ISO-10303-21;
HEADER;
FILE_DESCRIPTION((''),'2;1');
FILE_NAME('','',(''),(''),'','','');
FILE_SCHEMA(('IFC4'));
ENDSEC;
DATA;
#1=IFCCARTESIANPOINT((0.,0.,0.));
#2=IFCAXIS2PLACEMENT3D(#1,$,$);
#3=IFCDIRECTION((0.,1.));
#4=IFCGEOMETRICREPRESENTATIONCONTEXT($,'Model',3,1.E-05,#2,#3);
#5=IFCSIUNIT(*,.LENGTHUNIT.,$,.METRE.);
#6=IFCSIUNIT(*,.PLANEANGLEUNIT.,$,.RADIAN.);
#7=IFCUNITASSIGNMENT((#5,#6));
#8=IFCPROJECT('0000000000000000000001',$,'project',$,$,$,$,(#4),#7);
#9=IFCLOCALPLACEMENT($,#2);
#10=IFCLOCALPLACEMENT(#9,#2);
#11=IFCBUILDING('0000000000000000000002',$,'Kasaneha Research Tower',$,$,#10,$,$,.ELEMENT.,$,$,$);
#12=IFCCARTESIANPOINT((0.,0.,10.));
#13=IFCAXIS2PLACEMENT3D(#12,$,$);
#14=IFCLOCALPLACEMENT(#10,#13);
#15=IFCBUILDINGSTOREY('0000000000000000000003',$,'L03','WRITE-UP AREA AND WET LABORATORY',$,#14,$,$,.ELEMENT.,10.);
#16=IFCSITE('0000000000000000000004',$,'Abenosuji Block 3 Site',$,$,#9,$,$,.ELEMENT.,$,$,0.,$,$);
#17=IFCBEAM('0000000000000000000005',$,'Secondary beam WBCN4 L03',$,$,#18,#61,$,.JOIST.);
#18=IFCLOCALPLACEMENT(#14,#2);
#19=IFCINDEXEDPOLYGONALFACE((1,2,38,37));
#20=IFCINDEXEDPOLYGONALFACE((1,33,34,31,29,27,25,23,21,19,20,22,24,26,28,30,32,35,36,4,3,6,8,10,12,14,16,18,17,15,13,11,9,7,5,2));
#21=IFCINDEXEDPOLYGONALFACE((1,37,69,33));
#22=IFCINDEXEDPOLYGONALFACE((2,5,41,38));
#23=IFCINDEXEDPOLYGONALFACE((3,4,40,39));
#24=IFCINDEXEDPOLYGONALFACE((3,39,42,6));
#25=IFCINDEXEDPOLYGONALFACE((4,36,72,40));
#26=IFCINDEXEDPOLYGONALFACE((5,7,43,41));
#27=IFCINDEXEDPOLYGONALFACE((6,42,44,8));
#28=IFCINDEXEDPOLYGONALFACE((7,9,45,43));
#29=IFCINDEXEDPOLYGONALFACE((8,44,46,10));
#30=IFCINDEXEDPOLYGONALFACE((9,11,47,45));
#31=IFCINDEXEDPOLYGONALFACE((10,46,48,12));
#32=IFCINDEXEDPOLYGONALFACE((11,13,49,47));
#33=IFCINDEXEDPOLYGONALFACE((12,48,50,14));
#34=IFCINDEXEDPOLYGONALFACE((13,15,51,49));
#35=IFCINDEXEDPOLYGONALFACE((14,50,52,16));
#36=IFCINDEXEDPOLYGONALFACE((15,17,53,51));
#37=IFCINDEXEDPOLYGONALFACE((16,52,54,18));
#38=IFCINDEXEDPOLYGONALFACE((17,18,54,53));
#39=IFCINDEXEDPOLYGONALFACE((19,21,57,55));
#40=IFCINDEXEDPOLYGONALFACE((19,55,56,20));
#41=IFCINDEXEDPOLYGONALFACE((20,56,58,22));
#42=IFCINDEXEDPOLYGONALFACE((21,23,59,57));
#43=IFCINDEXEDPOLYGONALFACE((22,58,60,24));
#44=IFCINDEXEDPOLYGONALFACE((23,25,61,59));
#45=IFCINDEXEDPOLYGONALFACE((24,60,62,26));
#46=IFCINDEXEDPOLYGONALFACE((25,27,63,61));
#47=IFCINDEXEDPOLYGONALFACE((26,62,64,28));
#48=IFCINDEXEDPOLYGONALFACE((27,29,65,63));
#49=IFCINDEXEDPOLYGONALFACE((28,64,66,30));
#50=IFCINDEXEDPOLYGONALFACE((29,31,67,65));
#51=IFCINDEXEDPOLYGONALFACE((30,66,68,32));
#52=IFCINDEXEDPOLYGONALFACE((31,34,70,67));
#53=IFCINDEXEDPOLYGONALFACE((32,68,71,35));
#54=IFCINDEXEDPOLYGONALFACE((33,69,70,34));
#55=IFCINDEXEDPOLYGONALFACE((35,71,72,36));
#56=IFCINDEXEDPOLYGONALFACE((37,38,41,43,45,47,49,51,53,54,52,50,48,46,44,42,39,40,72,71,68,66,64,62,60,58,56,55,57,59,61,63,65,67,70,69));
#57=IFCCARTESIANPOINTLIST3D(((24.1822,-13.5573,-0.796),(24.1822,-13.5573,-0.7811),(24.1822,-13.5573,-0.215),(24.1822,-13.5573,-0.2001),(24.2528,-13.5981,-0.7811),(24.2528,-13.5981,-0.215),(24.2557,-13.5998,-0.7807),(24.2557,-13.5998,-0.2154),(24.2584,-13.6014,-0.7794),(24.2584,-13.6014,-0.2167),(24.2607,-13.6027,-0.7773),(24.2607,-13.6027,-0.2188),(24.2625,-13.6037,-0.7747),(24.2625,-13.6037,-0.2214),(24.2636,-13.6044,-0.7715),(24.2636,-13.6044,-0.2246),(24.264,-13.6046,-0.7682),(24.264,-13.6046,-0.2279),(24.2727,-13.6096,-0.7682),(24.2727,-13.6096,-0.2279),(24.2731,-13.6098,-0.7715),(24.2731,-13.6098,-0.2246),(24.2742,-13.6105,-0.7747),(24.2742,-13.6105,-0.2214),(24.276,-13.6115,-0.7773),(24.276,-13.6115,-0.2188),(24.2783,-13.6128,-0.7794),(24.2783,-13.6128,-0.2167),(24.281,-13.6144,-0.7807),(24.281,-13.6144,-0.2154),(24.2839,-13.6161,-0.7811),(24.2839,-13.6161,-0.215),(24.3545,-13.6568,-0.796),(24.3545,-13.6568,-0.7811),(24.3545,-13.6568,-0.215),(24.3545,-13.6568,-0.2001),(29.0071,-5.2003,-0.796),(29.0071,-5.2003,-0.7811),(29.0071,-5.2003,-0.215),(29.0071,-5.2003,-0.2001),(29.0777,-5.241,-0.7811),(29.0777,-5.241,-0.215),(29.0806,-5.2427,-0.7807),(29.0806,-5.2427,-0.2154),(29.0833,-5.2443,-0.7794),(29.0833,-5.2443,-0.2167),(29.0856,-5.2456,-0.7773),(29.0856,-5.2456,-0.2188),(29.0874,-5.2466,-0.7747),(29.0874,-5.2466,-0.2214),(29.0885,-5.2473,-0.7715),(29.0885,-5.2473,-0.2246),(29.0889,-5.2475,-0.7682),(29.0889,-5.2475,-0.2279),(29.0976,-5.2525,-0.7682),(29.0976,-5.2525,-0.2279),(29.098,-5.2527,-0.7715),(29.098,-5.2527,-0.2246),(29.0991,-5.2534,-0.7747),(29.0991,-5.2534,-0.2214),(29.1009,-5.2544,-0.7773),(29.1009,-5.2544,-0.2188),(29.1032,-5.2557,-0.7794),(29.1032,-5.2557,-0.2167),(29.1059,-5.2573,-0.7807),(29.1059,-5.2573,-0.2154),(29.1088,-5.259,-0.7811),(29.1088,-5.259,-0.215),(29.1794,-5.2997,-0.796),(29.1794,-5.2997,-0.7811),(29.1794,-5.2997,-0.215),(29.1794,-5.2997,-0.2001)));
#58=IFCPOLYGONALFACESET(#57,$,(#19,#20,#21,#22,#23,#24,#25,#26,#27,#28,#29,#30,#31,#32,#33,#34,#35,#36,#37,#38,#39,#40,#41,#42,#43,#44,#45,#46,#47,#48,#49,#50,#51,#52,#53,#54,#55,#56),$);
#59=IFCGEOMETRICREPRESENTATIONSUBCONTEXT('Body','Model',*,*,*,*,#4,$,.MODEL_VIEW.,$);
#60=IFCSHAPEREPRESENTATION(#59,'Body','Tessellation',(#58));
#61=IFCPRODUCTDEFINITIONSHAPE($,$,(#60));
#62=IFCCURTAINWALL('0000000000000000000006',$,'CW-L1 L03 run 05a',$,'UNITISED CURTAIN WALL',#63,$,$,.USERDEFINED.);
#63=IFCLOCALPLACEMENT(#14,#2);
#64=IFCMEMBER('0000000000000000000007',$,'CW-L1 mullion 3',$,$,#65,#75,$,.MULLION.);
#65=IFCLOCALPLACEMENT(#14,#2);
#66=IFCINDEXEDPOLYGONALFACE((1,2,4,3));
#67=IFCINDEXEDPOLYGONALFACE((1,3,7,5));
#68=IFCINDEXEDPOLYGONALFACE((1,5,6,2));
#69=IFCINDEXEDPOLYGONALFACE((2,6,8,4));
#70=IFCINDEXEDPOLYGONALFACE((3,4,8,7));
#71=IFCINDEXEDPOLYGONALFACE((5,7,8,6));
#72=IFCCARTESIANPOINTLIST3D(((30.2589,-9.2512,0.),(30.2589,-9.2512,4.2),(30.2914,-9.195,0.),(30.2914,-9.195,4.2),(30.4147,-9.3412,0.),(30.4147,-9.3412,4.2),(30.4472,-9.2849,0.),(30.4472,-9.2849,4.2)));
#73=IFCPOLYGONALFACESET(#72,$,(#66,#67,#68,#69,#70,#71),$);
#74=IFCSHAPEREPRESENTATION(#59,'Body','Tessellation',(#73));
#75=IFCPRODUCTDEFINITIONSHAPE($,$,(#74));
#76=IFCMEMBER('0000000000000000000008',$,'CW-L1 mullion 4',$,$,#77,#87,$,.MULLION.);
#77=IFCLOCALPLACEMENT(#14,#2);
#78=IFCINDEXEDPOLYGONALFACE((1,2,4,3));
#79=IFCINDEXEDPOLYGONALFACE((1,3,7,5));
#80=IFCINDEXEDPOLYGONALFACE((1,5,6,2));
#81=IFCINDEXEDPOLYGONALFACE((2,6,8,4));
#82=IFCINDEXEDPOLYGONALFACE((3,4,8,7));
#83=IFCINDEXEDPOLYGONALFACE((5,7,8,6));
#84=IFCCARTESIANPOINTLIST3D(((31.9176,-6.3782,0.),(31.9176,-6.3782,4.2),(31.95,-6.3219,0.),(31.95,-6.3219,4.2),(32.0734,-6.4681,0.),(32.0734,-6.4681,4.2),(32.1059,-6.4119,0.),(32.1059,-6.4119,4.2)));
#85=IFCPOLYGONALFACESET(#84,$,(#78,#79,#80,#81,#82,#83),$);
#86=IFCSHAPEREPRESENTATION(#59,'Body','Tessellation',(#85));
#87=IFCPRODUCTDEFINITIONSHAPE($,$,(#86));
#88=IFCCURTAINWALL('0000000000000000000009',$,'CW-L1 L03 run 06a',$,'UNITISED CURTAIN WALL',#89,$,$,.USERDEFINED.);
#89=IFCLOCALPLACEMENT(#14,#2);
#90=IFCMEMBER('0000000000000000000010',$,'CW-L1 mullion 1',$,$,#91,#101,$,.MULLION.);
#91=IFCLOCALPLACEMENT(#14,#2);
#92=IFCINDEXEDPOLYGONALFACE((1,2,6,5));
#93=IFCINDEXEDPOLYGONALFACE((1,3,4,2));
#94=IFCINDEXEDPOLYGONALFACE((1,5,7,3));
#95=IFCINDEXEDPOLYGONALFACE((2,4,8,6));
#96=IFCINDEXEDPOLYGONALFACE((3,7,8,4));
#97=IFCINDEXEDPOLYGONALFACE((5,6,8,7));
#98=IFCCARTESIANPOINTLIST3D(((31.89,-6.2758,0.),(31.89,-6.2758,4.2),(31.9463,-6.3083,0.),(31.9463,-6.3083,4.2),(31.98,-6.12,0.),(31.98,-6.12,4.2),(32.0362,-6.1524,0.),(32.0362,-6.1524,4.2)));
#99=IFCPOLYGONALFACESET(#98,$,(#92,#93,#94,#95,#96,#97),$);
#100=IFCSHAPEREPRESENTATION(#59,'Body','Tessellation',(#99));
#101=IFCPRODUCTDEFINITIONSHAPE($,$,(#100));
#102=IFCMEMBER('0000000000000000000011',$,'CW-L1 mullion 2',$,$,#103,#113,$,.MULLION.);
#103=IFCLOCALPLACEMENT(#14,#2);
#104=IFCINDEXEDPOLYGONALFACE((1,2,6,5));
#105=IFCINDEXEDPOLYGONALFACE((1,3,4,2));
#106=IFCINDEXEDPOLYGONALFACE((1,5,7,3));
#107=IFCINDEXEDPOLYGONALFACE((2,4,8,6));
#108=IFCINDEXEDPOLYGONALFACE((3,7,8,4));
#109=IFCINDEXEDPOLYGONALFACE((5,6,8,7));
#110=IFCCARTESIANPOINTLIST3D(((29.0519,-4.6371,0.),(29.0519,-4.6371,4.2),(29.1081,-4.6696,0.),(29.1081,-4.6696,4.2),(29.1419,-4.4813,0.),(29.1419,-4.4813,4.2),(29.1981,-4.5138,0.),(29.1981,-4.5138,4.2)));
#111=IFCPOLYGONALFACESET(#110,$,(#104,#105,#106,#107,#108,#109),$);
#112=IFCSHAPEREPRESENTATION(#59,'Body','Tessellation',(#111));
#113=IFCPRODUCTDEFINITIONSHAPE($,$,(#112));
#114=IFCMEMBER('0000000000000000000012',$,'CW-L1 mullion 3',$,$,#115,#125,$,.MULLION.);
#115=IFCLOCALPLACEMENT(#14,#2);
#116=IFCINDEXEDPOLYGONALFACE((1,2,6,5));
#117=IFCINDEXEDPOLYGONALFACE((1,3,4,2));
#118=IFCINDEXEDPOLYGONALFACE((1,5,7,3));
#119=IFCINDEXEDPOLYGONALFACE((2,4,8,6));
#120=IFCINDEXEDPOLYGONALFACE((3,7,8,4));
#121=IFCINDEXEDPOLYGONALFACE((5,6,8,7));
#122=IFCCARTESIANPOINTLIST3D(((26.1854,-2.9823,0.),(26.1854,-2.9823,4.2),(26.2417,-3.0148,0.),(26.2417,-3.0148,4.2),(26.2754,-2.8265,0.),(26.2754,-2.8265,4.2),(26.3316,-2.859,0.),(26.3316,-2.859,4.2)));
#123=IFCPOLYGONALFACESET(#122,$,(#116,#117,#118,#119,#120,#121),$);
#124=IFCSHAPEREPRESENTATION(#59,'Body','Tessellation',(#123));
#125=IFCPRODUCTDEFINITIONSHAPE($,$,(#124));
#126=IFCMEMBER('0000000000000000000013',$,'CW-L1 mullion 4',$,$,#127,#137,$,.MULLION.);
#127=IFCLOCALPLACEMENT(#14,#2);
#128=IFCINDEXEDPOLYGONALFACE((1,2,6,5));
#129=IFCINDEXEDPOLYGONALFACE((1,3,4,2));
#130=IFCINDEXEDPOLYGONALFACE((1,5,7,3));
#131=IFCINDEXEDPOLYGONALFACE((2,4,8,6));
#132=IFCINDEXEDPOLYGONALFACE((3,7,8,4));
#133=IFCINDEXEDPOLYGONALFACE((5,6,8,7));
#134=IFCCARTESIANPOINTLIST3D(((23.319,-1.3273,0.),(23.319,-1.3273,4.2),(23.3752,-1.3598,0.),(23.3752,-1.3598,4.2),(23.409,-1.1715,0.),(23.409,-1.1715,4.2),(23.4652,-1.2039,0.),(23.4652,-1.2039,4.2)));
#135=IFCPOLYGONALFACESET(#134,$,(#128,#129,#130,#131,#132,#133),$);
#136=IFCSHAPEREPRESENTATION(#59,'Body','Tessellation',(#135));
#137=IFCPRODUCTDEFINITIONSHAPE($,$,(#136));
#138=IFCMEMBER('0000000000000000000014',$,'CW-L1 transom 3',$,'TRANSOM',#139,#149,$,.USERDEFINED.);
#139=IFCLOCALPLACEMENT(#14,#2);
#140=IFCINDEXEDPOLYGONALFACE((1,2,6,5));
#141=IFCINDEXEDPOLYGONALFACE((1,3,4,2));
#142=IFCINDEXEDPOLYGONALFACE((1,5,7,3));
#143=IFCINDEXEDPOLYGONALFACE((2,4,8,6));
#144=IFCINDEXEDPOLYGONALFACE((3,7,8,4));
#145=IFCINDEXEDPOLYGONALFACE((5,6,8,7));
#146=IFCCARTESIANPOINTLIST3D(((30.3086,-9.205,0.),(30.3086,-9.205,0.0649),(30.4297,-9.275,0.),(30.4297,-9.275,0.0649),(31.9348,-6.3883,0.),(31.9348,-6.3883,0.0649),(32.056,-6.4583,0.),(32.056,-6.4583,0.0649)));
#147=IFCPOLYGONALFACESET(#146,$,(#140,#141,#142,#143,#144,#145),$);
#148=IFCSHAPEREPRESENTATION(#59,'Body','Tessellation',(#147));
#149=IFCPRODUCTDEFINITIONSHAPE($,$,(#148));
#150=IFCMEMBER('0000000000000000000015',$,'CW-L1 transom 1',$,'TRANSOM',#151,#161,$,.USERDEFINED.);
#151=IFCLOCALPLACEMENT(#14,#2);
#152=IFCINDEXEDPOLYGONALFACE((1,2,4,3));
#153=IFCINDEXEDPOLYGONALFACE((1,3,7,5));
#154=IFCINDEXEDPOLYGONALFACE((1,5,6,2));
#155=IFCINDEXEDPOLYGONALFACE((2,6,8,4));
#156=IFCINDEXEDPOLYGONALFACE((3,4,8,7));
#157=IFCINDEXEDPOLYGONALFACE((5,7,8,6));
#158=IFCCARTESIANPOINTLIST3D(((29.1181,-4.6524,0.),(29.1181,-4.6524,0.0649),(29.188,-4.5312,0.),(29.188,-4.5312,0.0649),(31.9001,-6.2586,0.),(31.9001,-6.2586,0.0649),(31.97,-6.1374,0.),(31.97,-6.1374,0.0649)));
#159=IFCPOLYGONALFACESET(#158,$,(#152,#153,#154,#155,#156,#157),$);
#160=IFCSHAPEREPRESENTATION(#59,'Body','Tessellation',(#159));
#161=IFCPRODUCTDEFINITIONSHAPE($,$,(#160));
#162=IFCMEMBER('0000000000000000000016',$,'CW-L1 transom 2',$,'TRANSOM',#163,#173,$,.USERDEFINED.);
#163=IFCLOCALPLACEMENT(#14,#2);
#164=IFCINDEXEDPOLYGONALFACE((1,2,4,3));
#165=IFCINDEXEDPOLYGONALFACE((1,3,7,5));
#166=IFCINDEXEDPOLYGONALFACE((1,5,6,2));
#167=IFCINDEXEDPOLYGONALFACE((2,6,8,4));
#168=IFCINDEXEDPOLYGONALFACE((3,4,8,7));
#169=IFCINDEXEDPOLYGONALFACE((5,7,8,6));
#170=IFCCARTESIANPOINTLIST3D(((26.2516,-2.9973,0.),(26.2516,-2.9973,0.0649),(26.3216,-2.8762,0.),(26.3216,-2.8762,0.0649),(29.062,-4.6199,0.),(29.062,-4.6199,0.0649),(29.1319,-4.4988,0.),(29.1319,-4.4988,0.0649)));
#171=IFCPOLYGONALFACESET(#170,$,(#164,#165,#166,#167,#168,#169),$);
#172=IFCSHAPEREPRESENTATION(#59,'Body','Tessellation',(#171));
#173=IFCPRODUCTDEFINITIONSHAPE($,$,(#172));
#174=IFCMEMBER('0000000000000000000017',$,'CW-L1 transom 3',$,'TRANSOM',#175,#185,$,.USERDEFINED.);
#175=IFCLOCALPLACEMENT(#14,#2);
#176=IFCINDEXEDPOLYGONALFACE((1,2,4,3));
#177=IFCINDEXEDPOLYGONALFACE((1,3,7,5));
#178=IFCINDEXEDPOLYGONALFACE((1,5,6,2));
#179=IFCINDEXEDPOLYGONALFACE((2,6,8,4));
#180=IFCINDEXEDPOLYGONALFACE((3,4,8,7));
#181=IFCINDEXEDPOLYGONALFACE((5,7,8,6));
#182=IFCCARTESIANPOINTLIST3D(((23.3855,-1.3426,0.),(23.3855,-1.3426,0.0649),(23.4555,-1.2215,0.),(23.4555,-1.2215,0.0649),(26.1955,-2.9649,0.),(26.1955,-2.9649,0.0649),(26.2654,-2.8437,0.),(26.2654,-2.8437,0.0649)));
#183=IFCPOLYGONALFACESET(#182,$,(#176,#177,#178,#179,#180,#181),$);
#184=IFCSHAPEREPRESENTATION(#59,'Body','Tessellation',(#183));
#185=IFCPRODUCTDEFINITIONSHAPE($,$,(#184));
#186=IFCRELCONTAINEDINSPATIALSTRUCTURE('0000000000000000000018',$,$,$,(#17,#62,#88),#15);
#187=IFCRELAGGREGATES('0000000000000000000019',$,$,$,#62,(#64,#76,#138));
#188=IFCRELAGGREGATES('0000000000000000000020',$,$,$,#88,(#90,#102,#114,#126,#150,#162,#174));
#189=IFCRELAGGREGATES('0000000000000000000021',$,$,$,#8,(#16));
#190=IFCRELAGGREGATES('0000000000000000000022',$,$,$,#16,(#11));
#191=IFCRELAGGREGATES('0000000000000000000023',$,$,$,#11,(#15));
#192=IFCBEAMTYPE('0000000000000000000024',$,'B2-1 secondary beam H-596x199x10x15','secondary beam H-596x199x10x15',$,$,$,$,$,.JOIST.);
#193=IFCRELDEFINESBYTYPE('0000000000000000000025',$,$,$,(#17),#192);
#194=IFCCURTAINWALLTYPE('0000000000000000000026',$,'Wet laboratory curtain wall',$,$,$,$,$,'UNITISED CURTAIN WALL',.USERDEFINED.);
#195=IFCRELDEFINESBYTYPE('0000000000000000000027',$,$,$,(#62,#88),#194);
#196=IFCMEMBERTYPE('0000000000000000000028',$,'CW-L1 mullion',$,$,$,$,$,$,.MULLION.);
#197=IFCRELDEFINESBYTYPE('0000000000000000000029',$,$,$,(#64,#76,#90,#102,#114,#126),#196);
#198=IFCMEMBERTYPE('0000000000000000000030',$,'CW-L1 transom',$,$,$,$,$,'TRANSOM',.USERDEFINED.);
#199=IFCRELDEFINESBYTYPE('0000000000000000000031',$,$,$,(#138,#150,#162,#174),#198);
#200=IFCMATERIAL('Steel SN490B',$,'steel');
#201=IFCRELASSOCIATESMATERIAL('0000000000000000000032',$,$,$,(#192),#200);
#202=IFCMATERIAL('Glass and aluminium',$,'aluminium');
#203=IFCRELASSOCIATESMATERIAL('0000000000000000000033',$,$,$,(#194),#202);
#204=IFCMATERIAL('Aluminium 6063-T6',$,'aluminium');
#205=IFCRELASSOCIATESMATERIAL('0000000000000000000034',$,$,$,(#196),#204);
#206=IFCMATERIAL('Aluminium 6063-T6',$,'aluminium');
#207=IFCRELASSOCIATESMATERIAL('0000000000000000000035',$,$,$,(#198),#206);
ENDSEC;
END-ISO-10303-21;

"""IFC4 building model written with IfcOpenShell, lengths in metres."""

from ifc_helpers import new_model, si_unit, direction, frame, origin, origin_2d, place, context, subcontext, project, spatial, rectangle, i_section, extrude, material, material_profile, profile_set, type_object, element, aggregate, save


model = new_model("IFC4")

# Units and contexts
model_context = context("Model", 3, precision=1e-05, world=origin(), true_north=direction((0.0, 1.0)))
body_context = subcontext(model_context, "Body", "Model", "MODEL_VIEW")
ifc_project = project(units=[si_unit("LENGTHUNIT", "METRE"), si_unit("PLANEANGLEUNIT", "RADIAN")], contexts=[model_context])

# Site, building, storey
site_placement = place(None, origin())
site = spatial("IfcSite", under=ifc_project, at=site_placement, Name="Abenosuji Block 3 Site", CompositionType="ELEMENT", RefElevation=0.0)
building_placement = place(site_placement, origin())
building = spatial("IfcBuilding", under=site, at=building_placement, Name="Kasaneha Research Tower", CompositionType="ELEMENT")
storey_placement = place(building_placement, frame((0.0, 0.0, 10.0)))
storey = spatial("IfcBuildingStorey", under=building, at=storey_placement, Name="L03", Description="WRITE-UP AREA AND WET LABORATORY", CompositionType="ELEMENT", Elevation=10.0)

# Beam
ifc_material_1 = material(Name="Steel SN490B", Category="steel")
ifc_material_profile_1 = material_profile(ifc_material_1, i_section(OverallWidth=0.199, OverallDepth=0.5959, WebThickness=0.01, FlangeThickness=0.0149, FilletRadius=0.0129, at=origin_2d()), Name="H-596x199x10x15")
ifc_profile_set_1 = profile_set([ifc_material_profile_1], Name="Steel SN490B")
beam_type_1 = type_object("IfcBeamType", Name="B2-1 secondary beam H-596x199x10x15", Description="secondary beam H-596x199x10x15", PredefinedType="JOIST", material=ifc_profile_set_1)
for number, where, z_axis, x_axis, name in (
    (1, (29.0933, -5.25, -0.498), (-0.499995, -0.866028, 0.0), (0.866028, -0.499995, 0.0), "Secondary beam WBCN4 L03"),
):
    element("IfcBeam", number, at=place(storey_placement, frame(where, z_axis=z_axis, x_axis=x_axis)), inside=storey, type_object=beam_type_1, Name=name, PredefinedType="JOIST", context=body_context, shape_type="SweptSolid", body=[
        extrude(i_section(OverallWidth=0.199, OverallDepth=0.5959, WebThickness=0.01, FlangeThickness=0.0149, FilletRadius=0.0129, at=origin_2d()), origin(), (0.0, 0.0, 1.0), 9.6499),
    ])

# Curtain walls, members
ifc_material_2 = material(Name="Glass and aluminium", Category="aluminium")
curtain_wall_type = type_object("IfcCurtainWallType", Name="Wet laboratory curtain wall", ElementType="UNITISED CURTAIN WALL", PredefinedType="USERDEFINED", material=ifc_material_2)
curtain_wall_1_placement = place(storey_placement, origin())
curtain_wall_1 = element("IfcCurtainWall", 2, at=curtain_wall_1_placement, inside=storey, type_object=curtain_wall_type, Name="CW-L1 L03 run 05a", ObjectType="UNITISED CURTAIN WALL", PredefinedType="USERDEFINED")
ifc_material_3 = material(Name="Aluminium 6063-T6", Category="aluminium")
ifc_material_profile_2 = material_profile(ifc_material_3, rectangle(XDim=0.0649, YDim=0.1799, at=origin_2d()), Name="CW-L1 mullion 65x180")
ifc_profile_set_2 = profile_set([ifc_material_profile_2], Name="Aluminium 6063-T6")
member_type_1 = type_object("IfcMemberType", Name="CW-L1 mullion", PredefinedType="MULLION", material=ifc_profile_set_2)
member_1_placement = place(storey_placement, frame((30.353, -9.2681, 0.0), z_axis=(0.0, 0.0, 1.0), x_axis=(0.5, 0.866025, 0.0)))
member_1 = element("IfcMember", 3, at=member_1_placement, type_object=member_type_1, Name="CW-L1 mullion 3", PredefinedType="MULLION", context=body_context, shape_type="SweptSolid", body=[
    extrude(rectangle(XDim=0.0649, YDim=0.1799, at=origin_2d()), origin(), (0.0, 0.0, 1.0), 4.2),
])
member_2_placement = place(storey_placement, frame((32.0117, -6.395, 0.0), z_axis=(0.0, 0.0, 1.0), x_axis=(0.5, 0.866025, 0.0)))
member_2 = element("IfcMember", 4, at=member_2_placement, type_object=member_type_1, Name="CW-L1 mullion 4", PredefinedType="MULLION", context=body_context, shape_type="SweptSolid", body=[
    extrude(rectangle(XDim=0.0649, YDim=0.1799, at=origin_2d()), origin(), (0.0, 0.0, 1.0), 4.2),
])
curtain_wall_2_placement = place(storey_placement, origin())
curtain_wall_2 = element("IfcCurtainWall", 5, at=curtain_wall_2_placement, inside=storey, type_object=curtain_wall_type, Name="CW-L1 L03 run 06a", ObjectType="UNITISED CURTAIN WALL", PredefinedType="USERDEFINED")
member_3_placement = place(storey_placement, frame((31.9631, -6.2141, 0.0), z_axis=(0.0, 0.0, 1.0), x_axis=(-0.866025, 0.5, 0.0)))
member_3 = element("IfcMember", 6, at=member_3_placement, type_object=member_type_1, Name="CW-L1 mullion 1", PredefinedType="MULLION", context=body_context, shape_type="SweptSolid", body=[
    extrude(rectangle(XDim=0.0649, YDim=0.1799, at=origin_2d()), origin(), (0.0, 0.0, 1.0), 4.2),
])
member_4_placement = place(storey_placement, frame((29.125, -4.5754, 0.0), z_axis=(0.0, 0.0, 1.0), x_axis=(-0.866025, 0.5, 0.0)))
member_4 = element("IfcMember", 7, at=member_4_placement, type_object=member_type_1, Name="CW-L1 mullion 2", PredefinedType="MULLION", context=body_context, shape_type="SweptSolid", body=[
    extrude(rectangle(XDim=0.0649, YDim=0.1799, at=origin_2d()), origin(), (0.0, 0.0, 1.0), 4.2),
])
member_5_placement = place(storey_placement, frame((26.2585, -2.9207, 0.0), z_axis=(0.0, 0.0, 1.0), x_axis=(-0.866025, 0.5, 0.0)))
member_5 = element("IfcMember", 8, at=member_5_placement, type_object=member_type_1, Name="CW-L1 mullion 3", PredefinedType="MULLION", context=body_context, shape_type="SweptSolid", body=[
    extrude(rectangle(XDim=0.0649, YDim=0.1799, at=origin_2d()), origin(), (0.0, 0.0, 1.0), 4.2),
])
member_6_placement = place(storey_placement, frame((23.3921, -1.2656, 0.0), z_axis=(0.0, 0.0, 1.0), x_axis=(-0.866025, 0.5, 0.0)))
member_6 = element("IfcMember", 9, at=member_6_placement, type_object=member_type_1, Name="CW-L1 mullion 4", PredefinedType="MULLION", context=body_context, shape_type="SweptSolid", body=[
    extrude(rectangle(XDim=0.0649, YDim=0.1799, at=origin_2d()), origin(), (0.0, 0.0, 1.0), 4.2),
])

# Members
ifc_material_4 = material(Name="Aluminium 6063-T6", Category="aluminium")
ifc_material_profile_3 = material_profile(ifc_material_4, rectangle(XDim=0.1399, YDim=0.0649, at=origin_2d()), Name="CW-L1 transom 140x65")
ifc_profile_set_3 = profile_set([ifc_material_profile_3], Name="Aluminium 6063-T6")
member_type_2 = type_object("IfcMemberType", Name="CW-L1 transom", ElementType="TRANSOM", PredefinedType="USERDEFINED", material=ifc_profile_set_3)
member_7_placement = place(storey_placement, frame((30.3691, -9.24, 0.0325), z_axis=(0.500006, 0.866022, 0.0), x_axis=(-0.866022, 0.500006, 0.0)))
member_7 = element("IfcMember", 10, at=member_7_placement, type_object=member_type_2, Name="CW-L1 transom 3", ObjectType="TRANSOM", PredefinedType="USERDEFINED", context=body_context, shape_type="SweptSolid", body=[
    extrude(rectangle(XDim=0.1399, YDim=0.0649, at=origin_2d()), origin(), (0.0, 0.0, 1.0), 3.2524),
])
member_8_placement = place(storey_placement, frame((31.9351, -6.198, 0.0325), z_axis=(-0.866022, 0.500005, 0.0), x_axis=(-0.500005, -0.866022, 0.0)))
member_8 = element("IfcMember", 11, at=member_8_placement, type_object=member_type_2, Name="CW-L1 transom 1", ObjectType="TRANSOM", PredefinedType="USERDEFINED", context=body_context, shape_type="SweptSolid", body=[
    extrude(rectangle(XDim=0.1399, YDim=0.0649, at=origin_2d()), origin(), (0.0, 0.0, 1.0), 3.2124),
])
member_9_placement = place(storey_placement, frame((29.0969, -4.5593, 0.0325), z_axis=(-0.866021, 0.500007, 0.0), x_axis=(-0.500007, -0.866021, 0.0)))
member_9 = element("IfcMember", 12, at=member_9_placement, type_object=member_type_2, Name="CW-L1 transom 2", ObjectType="TRANSOM", PredefinedType="USERDEFINED", context=body_context, shape_type="SweptSolid", body=[
    extrude(rectangle(XDim=0.1399, YDim=0.0649, at=origin_2d()), origin(), (0.0, 0.0, 1.0), 3.2451),
])
member_10_placement = place(storey_placement, frame((26.2305, -2.9043, 0.0325), z_axis=(-0.866035, 0.499983, 0.0), x_axis=(-0.499983, -0.866035, 0.0)))
member_10 = element("IfcMember", 13, at=member_10_placement, type_object=member_type_2, Name="CW-L1 transom 3", ObjectType="TRANSOM", PredefinedType="USERDEFINED", context=body_context, shape_type="SweptSolid", body=[
    extrude(rectangle(XDim=0.1399, YDim=0.0649, at=origin_2d()), origin(), (0.0, 0.0, 1.0), 3.2446),
])

aggregate(curtain_wall_1, [member_1, member_2, member_7])
aggregate(curtain_wall_2, [member_3, member_4, member_5, member_6, member_8, member_9, member_10])

save(model, "model.ifc")
